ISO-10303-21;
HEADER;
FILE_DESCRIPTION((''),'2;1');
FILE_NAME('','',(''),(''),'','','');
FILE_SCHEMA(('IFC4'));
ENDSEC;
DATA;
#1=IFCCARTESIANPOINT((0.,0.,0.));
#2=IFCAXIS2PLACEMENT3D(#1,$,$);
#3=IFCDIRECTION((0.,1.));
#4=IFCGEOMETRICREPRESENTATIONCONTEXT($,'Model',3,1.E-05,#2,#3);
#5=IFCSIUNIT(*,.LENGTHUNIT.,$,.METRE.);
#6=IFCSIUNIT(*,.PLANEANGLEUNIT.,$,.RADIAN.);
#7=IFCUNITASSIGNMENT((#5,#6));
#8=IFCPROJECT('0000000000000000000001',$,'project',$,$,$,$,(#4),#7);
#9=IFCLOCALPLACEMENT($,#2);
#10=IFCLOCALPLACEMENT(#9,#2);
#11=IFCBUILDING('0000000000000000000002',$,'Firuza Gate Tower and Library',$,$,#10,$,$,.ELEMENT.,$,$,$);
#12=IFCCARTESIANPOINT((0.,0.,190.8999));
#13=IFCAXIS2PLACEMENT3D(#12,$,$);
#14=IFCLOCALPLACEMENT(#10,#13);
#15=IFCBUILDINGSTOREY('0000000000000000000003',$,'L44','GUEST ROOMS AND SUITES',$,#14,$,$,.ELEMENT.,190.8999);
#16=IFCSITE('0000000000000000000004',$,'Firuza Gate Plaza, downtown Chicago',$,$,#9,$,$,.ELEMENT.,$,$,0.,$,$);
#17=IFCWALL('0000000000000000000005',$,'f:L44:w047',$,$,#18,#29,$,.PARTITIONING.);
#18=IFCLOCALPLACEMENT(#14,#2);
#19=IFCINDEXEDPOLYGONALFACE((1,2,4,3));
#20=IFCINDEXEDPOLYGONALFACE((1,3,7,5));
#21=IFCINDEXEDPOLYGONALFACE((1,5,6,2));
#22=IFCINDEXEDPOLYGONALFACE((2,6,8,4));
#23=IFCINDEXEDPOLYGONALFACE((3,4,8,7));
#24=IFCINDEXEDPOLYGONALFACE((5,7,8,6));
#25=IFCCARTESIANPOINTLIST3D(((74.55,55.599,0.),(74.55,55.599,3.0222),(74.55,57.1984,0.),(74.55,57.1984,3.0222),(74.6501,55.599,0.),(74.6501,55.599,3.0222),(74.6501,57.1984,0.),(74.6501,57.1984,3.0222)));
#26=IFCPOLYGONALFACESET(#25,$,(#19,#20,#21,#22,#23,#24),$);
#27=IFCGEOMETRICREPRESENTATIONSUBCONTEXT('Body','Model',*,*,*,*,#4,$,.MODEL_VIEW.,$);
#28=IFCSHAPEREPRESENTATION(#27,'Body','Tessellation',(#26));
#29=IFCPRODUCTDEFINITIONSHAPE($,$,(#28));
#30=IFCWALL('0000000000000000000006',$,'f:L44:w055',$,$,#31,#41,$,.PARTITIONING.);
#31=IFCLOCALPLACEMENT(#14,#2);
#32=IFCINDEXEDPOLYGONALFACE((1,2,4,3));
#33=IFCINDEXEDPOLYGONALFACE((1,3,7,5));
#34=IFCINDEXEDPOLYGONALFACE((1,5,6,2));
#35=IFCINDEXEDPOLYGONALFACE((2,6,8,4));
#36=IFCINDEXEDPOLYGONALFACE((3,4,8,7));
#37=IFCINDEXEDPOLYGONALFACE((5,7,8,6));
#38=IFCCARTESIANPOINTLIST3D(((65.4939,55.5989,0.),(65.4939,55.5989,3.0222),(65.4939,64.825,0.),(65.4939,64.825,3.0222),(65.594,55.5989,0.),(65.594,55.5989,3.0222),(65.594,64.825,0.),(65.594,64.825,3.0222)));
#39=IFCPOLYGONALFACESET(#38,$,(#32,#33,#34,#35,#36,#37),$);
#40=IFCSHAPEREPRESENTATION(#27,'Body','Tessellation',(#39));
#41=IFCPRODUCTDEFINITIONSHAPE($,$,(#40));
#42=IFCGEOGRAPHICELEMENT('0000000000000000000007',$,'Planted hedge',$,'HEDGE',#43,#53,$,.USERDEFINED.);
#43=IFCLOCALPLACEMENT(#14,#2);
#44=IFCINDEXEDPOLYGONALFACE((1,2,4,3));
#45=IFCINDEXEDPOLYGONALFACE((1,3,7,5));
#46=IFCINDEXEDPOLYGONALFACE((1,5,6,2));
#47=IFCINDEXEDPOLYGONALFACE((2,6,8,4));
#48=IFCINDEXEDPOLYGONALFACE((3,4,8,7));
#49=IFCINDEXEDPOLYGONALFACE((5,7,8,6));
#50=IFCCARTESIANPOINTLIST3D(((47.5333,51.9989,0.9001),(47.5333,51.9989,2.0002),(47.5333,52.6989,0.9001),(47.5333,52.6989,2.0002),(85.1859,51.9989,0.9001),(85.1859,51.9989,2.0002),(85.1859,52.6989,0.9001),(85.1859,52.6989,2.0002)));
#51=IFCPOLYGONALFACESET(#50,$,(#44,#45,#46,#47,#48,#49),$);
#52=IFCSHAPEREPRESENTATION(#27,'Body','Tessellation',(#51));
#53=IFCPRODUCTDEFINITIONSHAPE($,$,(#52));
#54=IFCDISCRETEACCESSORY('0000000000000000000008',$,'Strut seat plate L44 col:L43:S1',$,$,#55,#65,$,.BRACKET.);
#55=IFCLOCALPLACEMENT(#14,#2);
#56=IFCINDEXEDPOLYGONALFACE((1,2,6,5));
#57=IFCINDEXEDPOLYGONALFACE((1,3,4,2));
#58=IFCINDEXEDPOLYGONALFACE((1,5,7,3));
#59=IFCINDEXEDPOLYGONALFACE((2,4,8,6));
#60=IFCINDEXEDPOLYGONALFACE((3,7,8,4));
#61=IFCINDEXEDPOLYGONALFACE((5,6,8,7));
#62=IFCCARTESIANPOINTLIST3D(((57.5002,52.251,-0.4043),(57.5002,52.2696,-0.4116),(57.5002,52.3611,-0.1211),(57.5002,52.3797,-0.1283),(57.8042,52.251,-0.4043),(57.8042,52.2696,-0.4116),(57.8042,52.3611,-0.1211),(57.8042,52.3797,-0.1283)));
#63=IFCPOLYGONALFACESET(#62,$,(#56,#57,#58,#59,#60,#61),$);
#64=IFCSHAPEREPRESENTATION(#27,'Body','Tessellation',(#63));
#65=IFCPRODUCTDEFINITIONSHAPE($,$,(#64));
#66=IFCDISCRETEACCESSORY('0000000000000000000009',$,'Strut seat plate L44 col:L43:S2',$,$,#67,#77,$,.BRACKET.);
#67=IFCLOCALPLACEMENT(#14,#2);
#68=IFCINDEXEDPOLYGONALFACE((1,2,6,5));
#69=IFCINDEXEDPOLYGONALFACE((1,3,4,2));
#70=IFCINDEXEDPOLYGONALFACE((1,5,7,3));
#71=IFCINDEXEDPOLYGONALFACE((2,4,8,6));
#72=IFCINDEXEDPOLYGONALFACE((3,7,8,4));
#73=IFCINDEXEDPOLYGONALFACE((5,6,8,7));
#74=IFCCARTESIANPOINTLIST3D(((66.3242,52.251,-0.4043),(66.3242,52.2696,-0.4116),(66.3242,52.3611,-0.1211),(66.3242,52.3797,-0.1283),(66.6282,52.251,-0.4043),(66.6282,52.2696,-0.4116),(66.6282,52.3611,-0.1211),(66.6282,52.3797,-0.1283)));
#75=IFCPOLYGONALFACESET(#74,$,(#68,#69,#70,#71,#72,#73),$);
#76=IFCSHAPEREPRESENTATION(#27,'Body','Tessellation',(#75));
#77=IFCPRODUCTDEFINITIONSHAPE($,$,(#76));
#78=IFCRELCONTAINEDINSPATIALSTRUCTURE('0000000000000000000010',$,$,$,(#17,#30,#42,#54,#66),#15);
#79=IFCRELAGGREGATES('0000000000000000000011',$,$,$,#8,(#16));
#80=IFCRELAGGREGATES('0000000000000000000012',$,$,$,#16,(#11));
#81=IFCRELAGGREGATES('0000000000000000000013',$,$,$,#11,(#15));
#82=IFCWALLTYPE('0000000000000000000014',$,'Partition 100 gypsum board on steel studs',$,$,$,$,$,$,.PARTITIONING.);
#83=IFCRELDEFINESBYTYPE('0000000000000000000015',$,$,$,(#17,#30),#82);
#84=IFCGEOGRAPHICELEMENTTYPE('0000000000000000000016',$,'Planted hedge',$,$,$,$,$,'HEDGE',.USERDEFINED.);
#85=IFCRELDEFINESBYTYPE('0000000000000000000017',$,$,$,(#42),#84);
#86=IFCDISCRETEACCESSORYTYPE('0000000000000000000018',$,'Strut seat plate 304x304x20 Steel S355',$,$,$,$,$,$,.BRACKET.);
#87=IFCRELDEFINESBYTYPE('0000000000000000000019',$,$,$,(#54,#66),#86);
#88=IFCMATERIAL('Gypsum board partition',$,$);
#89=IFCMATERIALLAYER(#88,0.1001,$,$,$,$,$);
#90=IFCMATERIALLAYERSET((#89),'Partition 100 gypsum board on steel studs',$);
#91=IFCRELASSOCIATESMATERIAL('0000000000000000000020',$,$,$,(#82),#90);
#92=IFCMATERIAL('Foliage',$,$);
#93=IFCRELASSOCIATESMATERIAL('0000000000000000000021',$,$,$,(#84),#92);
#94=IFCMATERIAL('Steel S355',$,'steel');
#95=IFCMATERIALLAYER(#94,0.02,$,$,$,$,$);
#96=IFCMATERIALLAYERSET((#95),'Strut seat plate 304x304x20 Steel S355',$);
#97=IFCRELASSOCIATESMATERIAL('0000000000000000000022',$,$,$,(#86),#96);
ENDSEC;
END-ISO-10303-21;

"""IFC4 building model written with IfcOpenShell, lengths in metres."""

from ifc_helpers import new_model, si_unit, direction, frame, frame_2d, origin, origin_2d, place, context, subcontext, project, spatial, polyline, rectangle, outline, extrude, material, layer, layer_set, type_object, element, save


model = new_model("IFC4")

# Units and contexts
model_context = context("Model", 3, precision=1e-05, world=origin(), true_north=direction((0.0, 1.0)))
body_context = subcontext(model_context, "Body", "Model", "MODEL_VIEW")
ifc_project = project(units=[si_unit("LENGTHUNIT", "METRE"), si_unit("PLANEANGLEUNIT", "RADIAN")], contexts=[model_context])

# Site, building, storey
site_placement = place(None, origin())
site = spatial("IfcSite", under=ifc_project, at=site_placement, Name="Firuza Gate Plaza, downtown Chicago", CompositionType="ELEMENT", RefElevation=0.0)
building_placement = place(site_placement, origin())
building = spatial("IfcBuilding", under=site, at=building_placement, Name="Firuza Gate Tower and Library", CompositionType="ELEMENT")
storey_placement = place(building_placement, frame((0.0, 0.0, 190.8999)))
storey = spatial("IfcBuildingStorey", under=building, at=storey_placement, Name="L44", Description="GUEST ROOMS AND SUITES", CompositionType="ELEMENT", Elevation=190.8999)

# Walls
ifc_material_1 = material(Name="Gypsum board partition")
ifc_layer_1 = layer(ifc_material_1, 0.1001)
ifc_layer_set_1 = layer_set([ifc_layer_1], Name="Partition 100 gypsum board on steel studs")
wall_type = type_object("IfcWallType", Name="Partition 100 gypsum board on steel studs", PredefinedType="PARTITIONING", material=ifc_layer_set_1)
wall_1_placement = place(storey_placement, frame((74.6001, 55.5989, 0.0), z_axis=(0.0, 0.0, 1.0), x_axis=(0.0, 1.0, 0.0)))
element("IfcWall", 1, at=wall_1_placement, inside=storey, type_object=wall_type, Name="f:L44:w047", PredefinedType="PARTITIONING", context=body_context, shape_type="SweptSolid", body=[
    extrude(rectangle(XDim=1.5994, YDim=0.1001, at=frame_2d((0.7998, 0.0))), origin(), (0.0, 0.0, 1.0), 3.0222),
])
wall_2_placement = place(storey_placement, frame((65.5439, 55.5989, 0.0), z_axis=(0.0, 0.0, 1.0), x_axis=(0.0, 1.0, 0.0)))
element("IfcWall", 2, at=wall_2_placement, inside=storey, type_object=wall_type, Name="f:L44:w055", PredefinedType="PARTITIONING", context=body_context, shape_type="SweptSolid", body=[
    extrude(rectangle(XDim=9.2261, YDim=0.1001, at=frame_2d((4.613, 0.0))), origin(), (0.0, 0.0, 1.0), 3.0222),
])

# Geographic element
ifc_material_2 = material(Name="Foliage")
geographic_element_type = type_object("IfcGeographicElementType", Name="Planted hedge", ElementType="HEDGE", PredefinedType="USERDEFINED", material=ifc_material_2)
geographic_element_placement = place(storey_placement, frame((66.3596, 52.3489, 0.9001), z_axis=(0.0, 0.0, 1.0), x_axis=(1.0, 0.0, 0.0)))
element("IfcGeographicElement", 3, at=geographic_element_placement, inside=storey, type_object=geographic_element_type, Name="Planted hedge", ObjectType="HEDGE", PredefinedType="USERDEFINED", context=body_context, shape_type="SweptSolid", body=[
    extrude(rectangle(XDim=37.6526, YDim=0.7, at=origin_2d()), origin(), (0.0, 0.0, 1.0), 1.1001),
])

# Discrete accessories
ifc_material_3 = material(Name="Steel S355", Category="steel")
ifc_layer_2 = layer(ifc_material_3, 0.02)
ifc_layer_set_2 = layer_set([ifc_layer_2], Name="Strut seat plate 304x304x20 Steel S355")
discrete_accessory_type = type_object("IfcDiscreteAccessoryType", Name="Strut seat plate 304x304x20 Steel S355", PredefinedType="BRACKET", material=ifc_layer_set_2)
for number, where, z_axis, x_axis, name in (
    (4, (57.5002, 52.3611, -0.1211), (0.0, -0.932035, 0.362369), (1.0, 0.0, 0.0), "Strut seat plate L44 col:L43:S1"),
    (5, (66.3242, 52.3611, -0.1211), (0.0, -0.932035, 0.362369), (1.0, 0.0, 0.0), "Strut seat plate L44 col:L43:S2"),
):
    element("IfcDiscreteAccessory", number, at=place(storey_placement, frame(where, z_axis=z_axis, x_axis=x_axis)), inside=storey, type_object=discrete_accessory_type, Name=name, PredefinedType="BRACKET", context=body_context, shape_type="SweptSolid", body=[
        extrude(outline(polyline([(0.0, 0.0), (0.304, 0.0), (0.304, -0.3039), (0.0, -0.3039), (0.0, 0.0)])), origin(), (0.0, 0.0, -1.0), 0.02),
    ])

save(model, "model.ifc")
